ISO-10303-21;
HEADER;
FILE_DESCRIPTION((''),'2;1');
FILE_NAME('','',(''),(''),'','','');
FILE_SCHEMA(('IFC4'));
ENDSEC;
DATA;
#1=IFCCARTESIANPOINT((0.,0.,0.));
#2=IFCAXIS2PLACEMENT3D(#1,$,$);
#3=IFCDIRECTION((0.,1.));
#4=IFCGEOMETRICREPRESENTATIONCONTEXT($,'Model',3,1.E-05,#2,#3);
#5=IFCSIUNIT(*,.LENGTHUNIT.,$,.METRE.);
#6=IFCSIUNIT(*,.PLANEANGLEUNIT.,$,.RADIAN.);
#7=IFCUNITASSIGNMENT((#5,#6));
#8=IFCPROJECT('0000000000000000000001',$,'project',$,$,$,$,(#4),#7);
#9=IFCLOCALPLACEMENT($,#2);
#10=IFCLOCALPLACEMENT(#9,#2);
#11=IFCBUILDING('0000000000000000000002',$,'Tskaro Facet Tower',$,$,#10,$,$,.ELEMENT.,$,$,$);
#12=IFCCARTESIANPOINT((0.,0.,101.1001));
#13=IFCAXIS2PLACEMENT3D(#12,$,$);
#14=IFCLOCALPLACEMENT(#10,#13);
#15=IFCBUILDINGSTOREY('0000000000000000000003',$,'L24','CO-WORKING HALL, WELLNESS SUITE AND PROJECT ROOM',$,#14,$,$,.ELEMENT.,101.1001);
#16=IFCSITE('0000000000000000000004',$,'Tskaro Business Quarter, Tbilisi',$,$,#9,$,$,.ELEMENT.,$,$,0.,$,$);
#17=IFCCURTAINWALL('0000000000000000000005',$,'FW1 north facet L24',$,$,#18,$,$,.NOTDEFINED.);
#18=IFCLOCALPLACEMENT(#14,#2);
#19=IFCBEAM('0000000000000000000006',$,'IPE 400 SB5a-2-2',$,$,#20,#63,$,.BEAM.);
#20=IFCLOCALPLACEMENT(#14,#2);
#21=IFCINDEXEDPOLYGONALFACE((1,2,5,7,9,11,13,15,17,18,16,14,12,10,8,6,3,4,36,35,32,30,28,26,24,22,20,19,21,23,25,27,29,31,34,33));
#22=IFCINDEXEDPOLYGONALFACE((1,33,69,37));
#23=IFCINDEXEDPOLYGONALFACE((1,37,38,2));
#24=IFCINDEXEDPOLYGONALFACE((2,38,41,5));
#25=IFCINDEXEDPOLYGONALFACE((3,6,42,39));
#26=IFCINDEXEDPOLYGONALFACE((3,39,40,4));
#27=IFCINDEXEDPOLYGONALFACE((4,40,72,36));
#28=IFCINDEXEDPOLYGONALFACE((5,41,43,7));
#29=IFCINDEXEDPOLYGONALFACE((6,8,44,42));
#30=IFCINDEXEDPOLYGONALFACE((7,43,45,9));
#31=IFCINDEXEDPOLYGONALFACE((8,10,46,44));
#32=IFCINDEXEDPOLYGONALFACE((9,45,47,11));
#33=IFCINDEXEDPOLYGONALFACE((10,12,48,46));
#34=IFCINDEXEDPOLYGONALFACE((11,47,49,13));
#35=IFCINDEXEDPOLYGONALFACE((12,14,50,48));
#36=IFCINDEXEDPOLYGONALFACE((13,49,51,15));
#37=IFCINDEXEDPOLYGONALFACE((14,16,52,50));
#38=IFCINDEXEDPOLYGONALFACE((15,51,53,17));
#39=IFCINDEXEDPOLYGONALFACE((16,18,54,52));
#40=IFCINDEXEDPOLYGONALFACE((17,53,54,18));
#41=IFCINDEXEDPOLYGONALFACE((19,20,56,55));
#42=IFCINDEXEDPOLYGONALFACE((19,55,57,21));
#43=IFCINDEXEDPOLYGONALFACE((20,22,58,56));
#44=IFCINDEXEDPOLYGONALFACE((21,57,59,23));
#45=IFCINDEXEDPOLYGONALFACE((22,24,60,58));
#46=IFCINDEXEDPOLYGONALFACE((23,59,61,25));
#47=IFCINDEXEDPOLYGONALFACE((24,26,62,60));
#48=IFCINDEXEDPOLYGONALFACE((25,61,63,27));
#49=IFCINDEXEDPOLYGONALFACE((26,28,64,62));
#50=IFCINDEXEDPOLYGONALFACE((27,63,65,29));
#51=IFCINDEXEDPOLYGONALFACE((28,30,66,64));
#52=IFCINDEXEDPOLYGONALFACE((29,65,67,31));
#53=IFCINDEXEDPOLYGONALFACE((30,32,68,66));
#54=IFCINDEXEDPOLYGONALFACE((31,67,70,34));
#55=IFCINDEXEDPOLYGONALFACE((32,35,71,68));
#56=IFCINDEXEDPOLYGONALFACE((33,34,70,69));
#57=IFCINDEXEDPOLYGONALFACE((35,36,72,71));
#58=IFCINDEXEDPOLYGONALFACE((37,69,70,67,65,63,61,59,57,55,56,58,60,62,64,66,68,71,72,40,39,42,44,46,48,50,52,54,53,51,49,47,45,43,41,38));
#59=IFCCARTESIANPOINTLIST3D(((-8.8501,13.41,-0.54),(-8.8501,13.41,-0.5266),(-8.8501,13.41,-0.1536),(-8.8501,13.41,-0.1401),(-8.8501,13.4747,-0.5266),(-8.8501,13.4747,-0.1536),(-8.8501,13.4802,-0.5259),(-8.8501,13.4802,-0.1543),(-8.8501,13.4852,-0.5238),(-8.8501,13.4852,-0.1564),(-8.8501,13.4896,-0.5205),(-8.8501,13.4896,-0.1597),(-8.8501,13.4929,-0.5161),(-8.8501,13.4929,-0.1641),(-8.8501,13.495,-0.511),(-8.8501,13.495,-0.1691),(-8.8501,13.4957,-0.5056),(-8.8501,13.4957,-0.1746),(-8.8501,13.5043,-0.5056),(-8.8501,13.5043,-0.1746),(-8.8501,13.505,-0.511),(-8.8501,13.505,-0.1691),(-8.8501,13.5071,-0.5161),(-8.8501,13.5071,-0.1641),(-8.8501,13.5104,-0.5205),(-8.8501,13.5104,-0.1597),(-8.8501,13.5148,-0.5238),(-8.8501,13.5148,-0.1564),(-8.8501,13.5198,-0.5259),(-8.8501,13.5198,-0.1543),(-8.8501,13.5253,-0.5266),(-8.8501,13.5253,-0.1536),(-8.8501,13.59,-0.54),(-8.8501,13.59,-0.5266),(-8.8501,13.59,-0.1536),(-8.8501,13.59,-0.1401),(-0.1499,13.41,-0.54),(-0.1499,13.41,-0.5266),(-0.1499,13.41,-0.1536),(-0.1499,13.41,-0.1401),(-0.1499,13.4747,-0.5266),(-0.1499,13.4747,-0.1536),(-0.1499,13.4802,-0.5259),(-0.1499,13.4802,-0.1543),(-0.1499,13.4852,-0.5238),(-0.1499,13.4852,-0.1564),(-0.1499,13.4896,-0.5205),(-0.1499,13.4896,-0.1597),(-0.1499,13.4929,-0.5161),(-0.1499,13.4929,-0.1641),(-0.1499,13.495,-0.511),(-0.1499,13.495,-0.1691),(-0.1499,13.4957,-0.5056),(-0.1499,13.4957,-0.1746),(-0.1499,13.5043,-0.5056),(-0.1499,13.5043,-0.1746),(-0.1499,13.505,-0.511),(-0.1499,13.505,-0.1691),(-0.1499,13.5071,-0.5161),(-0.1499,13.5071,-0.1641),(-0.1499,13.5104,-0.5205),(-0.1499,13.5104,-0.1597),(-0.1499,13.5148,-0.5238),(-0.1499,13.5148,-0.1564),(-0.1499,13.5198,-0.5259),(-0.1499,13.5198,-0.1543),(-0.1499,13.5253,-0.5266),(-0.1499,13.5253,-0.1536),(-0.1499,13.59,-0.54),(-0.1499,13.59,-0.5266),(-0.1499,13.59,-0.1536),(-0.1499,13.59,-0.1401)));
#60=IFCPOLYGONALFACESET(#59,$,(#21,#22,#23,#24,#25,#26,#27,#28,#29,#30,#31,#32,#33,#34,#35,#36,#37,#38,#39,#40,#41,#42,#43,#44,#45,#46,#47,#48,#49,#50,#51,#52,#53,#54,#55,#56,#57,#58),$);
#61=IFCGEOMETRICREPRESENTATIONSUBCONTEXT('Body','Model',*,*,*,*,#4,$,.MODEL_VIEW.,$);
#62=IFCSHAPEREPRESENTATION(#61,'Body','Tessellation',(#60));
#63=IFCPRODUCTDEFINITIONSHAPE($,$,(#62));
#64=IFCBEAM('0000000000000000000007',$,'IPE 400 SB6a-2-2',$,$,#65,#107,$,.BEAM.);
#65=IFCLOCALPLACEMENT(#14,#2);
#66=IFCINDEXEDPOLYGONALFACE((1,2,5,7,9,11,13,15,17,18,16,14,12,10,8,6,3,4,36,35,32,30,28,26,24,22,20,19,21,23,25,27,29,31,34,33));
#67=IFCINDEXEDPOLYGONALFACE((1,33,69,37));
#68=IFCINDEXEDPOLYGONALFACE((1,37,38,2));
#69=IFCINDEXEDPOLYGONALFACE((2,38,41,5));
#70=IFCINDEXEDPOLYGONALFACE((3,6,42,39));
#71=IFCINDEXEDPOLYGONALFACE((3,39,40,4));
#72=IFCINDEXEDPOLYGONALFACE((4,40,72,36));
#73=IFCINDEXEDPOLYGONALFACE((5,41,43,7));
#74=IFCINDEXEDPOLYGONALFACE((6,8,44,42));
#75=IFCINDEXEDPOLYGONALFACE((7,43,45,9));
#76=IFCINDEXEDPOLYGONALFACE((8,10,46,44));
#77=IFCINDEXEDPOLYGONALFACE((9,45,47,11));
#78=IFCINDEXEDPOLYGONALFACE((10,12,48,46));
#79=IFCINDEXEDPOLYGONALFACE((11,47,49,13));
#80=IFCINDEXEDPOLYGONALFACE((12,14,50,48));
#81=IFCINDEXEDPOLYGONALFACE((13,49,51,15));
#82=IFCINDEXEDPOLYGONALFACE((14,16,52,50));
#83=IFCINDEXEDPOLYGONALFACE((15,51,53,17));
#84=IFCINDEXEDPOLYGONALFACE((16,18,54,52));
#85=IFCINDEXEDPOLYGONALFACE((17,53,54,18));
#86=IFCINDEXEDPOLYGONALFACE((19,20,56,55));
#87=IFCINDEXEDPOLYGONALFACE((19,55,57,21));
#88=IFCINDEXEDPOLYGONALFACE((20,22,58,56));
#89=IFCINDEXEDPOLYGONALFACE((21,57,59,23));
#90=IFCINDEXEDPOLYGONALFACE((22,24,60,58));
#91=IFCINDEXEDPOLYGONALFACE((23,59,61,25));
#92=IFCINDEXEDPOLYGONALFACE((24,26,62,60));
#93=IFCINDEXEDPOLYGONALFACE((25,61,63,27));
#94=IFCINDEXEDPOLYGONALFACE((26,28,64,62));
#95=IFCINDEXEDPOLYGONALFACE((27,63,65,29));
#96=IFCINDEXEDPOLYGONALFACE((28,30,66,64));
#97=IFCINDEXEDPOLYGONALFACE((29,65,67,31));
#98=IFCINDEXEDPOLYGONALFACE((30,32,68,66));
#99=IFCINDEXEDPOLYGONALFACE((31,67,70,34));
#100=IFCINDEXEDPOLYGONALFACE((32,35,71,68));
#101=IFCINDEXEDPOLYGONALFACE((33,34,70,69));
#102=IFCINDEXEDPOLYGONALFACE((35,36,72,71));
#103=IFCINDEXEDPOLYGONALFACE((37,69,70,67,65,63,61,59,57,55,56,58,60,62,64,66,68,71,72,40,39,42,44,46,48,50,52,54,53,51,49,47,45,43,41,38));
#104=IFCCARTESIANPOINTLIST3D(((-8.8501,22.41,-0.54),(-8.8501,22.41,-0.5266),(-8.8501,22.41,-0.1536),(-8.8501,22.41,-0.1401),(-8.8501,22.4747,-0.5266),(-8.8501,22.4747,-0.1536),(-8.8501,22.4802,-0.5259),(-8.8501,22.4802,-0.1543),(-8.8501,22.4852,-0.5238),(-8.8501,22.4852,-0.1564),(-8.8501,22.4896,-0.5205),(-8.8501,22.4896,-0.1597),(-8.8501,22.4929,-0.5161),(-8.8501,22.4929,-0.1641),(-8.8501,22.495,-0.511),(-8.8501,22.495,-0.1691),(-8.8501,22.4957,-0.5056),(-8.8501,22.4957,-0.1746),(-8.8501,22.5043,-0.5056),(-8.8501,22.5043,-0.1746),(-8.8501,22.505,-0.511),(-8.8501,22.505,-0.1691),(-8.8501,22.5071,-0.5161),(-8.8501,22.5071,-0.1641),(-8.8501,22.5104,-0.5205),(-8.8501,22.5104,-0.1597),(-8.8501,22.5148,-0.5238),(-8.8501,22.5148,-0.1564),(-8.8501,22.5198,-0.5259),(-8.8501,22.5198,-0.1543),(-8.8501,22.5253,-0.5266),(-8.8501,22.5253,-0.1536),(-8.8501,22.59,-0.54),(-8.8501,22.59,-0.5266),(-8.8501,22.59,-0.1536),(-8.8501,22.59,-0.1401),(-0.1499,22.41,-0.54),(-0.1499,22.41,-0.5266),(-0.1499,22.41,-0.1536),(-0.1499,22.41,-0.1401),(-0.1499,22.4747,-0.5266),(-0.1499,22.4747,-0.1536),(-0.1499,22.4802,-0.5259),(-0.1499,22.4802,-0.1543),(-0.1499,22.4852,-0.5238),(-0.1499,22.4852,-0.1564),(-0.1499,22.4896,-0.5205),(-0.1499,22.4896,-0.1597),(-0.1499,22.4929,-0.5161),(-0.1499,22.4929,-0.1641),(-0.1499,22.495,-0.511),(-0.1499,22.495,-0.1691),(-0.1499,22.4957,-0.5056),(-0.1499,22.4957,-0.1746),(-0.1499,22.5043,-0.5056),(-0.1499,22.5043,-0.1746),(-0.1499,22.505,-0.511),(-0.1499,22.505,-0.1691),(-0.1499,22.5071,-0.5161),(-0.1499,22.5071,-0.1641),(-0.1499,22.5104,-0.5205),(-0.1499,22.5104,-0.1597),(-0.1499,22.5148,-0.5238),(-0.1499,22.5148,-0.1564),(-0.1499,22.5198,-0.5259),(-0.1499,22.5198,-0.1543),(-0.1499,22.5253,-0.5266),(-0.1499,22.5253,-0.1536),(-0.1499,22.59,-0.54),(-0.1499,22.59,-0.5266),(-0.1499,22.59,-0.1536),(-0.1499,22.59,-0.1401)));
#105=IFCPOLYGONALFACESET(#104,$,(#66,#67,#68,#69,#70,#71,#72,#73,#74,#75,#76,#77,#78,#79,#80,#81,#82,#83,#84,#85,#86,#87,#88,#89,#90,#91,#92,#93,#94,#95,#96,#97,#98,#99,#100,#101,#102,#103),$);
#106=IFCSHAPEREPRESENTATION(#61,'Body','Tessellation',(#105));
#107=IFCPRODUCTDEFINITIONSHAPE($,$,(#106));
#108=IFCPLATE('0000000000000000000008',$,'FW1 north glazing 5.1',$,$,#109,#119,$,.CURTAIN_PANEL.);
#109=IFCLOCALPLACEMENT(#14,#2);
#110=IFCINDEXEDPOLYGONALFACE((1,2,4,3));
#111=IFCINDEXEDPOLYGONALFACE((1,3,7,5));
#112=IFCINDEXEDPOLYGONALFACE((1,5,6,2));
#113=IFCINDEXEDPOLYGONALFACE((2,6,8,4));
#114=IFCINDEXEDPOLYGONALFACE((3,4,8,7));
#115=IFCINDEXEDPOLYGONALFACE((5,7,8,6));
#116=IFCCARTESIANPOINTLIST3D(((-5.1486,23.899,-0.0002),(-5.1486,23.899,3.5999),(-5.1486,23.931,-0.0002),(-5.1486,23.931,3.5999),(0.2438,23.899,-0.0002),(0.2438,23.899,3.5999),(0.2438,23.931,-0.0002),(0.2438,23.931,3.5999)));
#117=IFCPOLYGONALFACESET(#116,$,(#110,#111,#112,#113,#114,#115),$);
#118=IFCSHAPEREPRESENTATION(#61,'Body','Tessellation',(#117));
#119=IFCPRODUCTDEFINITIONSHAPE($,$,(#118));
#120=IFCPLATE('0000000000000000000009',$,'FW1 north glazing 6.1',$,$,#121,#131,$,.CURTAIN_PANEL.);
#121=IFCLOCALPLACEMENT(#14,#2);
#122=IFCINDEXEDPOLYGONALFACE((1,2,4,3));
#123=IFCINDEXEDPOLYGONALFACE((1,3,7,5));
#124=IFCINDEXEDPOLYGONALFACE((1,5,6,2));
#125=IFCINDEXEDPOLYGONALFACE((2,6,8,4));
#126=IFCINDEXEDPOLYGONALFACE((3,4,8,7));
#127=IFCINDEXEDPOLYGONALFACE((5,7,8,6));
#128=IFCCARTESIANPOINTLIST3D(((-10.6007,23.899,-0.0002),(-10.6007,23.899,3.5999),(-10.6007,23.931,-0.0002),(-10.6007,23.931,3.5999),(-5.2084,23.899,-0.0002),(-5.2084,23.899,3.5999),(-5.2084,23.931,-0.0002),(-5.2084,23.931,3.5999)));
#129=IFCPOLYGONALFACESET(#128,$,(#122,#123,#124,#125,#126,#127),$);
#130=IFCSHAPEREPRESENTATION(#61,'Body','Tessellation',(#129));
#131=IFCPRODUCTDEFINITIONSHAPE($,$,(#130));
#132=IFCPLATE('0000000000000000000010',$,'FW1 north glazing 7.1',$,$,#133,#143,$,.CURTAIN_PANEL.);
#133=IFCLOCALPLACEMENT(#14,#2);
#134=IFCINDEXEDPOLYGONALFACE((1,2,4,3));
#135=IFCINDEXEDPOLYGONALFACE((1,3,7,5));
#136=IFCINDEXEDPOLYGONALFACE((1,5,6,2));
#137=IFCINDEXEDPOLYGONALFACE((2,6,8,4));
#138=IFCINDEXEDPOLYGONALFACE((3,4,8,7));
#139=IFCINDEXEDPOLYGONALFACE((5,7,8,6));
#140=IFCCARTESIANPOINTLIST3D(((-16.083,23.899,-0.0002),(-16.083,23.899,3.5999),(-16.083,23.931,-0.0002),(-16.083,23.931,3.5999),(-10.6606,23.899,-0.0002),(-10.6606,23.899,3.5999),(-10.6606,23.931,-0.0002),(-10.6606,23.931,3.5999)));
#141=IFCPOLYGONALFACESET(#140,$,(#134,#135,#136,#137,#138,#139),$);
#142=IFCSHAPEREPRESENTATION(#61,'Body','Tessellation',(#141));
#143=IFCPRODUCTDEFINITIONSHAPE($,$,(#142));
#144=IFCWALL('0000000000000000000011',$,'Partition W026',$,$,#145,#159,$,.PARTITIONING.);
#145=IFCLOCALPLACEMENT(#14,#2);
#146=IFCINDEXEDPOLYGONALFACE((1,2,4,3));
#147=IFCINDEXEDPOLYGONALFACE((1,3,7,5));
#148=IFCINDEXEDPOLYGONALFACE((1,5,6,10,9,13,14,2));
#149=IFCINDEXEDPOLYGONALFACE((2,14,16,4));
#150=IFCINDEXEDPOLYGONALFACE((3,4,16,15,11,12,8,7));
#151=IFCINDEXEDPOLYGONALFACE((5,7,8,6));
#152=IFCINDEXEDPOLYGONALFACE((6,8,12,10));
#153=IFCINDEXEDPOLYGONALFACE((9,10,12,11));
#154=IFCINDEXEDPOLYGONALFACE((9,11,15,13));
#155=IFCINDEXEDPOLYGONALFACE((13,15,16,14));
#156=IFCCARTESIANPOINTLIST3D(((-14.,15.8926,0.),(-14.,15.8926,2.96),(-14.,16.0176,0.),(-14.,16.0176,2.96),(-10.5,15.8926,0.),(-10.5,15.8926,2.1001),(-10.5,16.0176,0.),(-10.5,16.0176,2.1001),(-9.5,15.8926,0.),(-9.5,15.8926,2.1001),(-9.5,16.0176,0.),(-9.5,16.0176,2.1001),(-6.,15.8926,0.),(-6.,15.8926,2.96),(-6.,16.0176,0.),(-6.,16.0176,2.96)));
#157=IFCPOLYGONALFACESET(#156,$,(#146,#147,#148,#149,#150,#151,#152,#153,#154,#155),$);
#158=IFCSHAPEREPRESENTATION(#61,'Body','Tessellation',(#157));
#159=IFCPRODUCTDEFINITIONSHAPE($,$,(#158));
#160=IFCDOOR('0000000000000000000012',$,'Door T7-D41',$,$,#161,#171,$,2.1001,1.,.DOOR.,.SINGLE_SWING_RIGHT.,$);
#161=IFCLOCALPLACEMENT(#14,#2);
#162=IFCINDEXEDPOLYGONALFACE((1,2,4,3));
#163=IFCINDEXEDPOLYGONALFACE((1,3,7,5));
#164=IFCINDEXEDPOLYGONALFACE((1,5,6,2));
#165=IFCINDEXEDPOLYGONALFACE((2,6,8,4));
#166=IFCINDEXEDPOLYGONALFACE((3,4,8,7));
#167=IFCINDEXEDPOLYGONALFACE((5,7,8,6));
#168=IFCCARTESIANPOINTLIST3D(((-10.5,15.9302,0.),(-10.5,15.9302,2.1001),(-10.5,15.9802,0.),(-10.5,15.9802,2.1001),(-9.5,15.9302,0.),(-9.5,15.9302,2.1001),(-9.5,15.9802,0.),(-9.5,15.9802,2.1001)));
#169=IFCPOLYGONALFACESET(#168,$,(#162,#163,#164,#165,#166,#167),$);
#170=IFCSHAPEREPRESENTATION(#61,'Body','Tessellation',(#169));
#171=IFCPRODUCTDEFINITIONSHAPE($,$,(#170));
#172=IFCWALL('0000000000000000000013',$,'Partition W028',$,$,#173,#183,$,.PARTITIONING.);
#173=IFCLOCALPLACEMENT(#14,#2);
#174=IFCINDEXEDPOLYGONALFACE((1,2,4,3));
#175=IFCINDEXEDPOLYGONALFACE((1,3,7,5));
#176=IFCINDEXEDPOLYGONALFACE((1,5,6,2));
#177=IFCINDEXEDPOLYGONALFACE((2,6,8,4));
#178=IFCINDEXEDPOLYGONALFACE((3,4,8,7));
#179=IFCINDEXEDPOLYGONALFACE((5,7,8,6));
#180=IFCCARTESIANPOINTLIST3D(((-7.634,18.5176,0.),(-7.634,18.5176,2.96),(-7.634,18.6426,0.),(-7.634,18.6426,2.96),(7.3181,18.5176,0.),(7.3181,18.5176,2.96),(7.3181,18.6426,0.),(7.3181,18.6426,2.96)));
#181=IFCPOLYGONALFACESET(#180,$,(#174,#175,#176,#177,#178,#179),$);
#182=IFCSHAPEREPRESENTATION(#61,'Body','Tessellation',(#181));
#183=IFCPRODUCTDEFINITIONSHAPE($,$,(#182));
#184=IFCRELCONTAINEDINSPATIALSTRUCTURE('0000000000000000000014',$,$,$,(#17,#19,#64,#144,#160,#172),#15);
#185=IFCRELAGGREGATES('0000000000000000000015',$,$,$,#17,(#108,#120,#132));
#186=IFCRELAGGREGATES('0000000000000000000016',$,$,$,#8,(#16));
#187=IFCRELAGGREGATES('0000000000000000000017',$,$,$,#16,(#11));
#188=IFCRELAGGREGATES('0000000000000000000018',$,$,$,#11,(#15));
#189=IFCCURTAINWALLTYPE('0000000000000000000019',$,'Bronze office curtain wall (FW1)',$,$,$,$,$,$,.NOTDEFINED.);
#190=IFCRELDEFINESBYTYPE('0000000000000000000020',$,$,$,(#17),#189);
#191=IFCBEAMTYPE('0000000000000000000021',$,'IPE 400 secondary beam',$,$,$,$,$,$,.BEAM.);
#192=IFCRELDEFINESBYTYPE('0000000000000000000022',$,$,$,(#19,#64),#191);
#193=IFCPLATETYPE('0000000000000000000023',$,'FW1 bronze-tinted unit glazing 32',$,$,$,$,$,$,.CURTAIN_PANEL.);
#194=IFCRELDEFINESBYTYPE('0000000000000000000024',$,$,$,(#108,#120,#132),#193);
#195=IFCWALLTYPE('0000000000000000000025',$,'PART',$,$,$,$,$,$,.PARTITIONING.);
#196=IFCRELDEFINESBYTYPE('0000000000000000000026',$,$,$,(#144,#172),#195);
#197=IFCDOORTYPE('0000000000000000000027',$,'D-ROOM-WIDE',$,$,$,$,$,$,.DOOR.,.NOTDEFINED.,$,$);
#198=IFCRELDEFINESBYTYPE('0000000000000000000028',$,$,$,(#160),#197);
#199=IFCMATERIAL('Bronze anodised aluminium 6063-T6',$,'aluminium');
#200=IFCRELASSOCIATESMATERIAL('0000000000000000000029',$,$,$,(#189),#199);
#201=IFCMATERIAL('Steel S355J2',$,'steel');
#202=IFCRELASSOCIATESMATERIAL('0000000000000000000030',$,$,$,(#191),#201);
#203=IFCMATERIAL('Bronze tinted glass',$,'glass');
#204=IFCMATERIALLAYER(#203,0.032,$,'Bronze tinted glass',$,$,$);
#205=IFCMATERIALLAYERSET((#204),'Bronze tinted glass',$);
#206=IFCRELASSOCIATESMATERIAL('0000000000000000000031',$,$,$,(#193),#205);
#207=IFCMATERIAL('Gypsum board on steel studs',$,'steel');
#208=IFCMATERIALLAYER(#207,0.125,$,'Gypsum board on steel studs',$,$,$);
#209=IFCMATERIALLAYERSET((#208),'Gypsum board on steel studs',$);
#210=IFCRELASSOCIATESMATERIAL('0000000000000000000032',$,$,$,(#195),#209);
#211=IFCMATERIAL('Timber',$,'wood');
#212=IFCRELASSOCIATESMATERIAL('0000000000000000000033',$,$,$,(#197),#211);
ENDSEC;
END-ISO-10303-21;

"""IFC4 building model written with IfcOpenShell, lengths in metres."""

from ifc_helpers import new_model, si_unit, direction, frame, frame_2d, origin, origin_2d, place, context, subcontext, project, spatial, rectangle, i_section, extrude, material, layer, layer_set, material_profile, profile_set, type_object, element, fill, aggregate, save


model = new_model("IFC4")

# Units and contexts
model_context = context("Model", 3, precision=1e-05, world=origin(), true_north=direction((0.0, 1.0)))
body_context = subcontext(model_context, "Body", "Model", "MODEL_VIEW")
ifc_project = project(units=[si_unit("LENGTHUNIT", "METRE"), si_unit("PLANEANGLEUNIT", "RADIAN")], contexts=[model_context])

# Site, building, storey
site_placement = place(None, origin())
site = spatial("IfcSite", under=ifc_project, at=site_placement, Name="Tskaro Business Quarter, Tbilisi", CompositionType="ELEMENT", RefElevation=0.0)
building_placement = place(site_placement, origin())
building = spatial("IfcBuilding", under=site, at=building_placement, Name="Tskaro Facet Tower", CompositionType="ELEMENT")
storey_placement = place(building_placement, frame((0.0, 0.0, 101.1001)))
storey = spatial("IfcBuildingStorey", under=building, at=storey_placement, Name="L24", Description="CO-WORKING HALL, WELLNESS SUITE AND PROJECT ROOM", CompositionType="ELEMENT", Elevation=101.1001)

# Curtain wall
ifc_material_1 = material(Name="Bronze anodised aluminium 6063-T6", Category="aluminium")
curtain_wall_type = type_object("IfcCurtainWallType", Name="Bronze office curtain wall (FW1)", PredefinedType="NOTDEFINED", material=ifc_material_1)
curtain_wall_placement = place(storey_placement, origin())
curtain_wall = element("IfcCurtainWall", 1, at=curtain_wall_placement, inside=storey, type_object=curtain_wall_type, Name="FW1 north facet L24", PredefinedType="NOTDEFINED")

# Beams
ifc_material_2 = material(Name="Steel S355J2", Category="steel")
ifc_material_profile_1 = material_profile(ifc_material_2, i_section(OverallWidth=0.1799, OverallDepth=0.3999, WebThickness=0.0085, FlangeThickness=0.0134, FilletRadius=0.021, at=origin_2d()), Name="IPE 400")
ifc_profile_set_1 = profile_set([ifc_material_profile_1], Name="Steel S355J2")
beam_type_1 = type_object("IfcBeamType", Name="IPE 400 secondary beam", PredefinedType="BEAM", material=ifc_profile_set_1)
for number, where, z_axis, x_axis, name in (
    (2, (-8.8501, 13.5, -0.3401), (1.0, 0.0, 0.0), (0.0, 1.0, 0.0), "IPE 400 SB5a-2-2"),
    (3, (-8.8501, 22.5, -0.3401), (1.0, 0.0, 0.0), (0.0, 1.0, 0.0), "IPE 400 SB6a-2-2"),
):
    element("IfcBeam", number, at=place(storey_placement, frame(where, z_axis=z_axis, x_axis=x_axis)), inside=storey, type_object=beam_type_1, Name=name, PredefinedType="BEAM", context=body_context, shape_type="SweptSolid", body=[
        extrude(i_section(OverallWidth=0.1799, OverallDepth=0.3999, WebThickness=0.0085, FlangeThickness=0.0134, FilletRadius=0.021, at=origin_2d()), origin(), (0.0, 0.0, 1.0), 8.7002),
    ])

# Plates
ifc_material_3 = material(Name="Bronze tinted glass", Category="glass")
ifc_layer_1 = layer(ifc_material_3, 0.032, Name="Bronze tinted glass")
ifc_layer_set_1 = layer_set([ifc_layer_1], Name="Bronze tinted glass")
plate_type = type_object("IfcPlateType", Name="FW1 bronze-tinted unit glazing 32", PredefinedType="CURTAIN_PANEL", material=ifc_layer_set_1)
plate_1_placement = place(storey_placement, frame((-2.4524, 23.915, -0.0002), z_axis=(0.0, 0.0, 1.0), x_axis=(-1.0, 0.0, 0.0)))
plate_1 = element("IfcPlate", 4, at=plate_1_placement, type_object=plate_type, Name="FW1 north glazing 5.1", PredefinedType="CURTAIN_PANEL", context=body_context, shape_type="SweptSolid", body=[
    extrude(rectangle(XDim=5.3923, YDim=0.032, at=origin_2d()), origin(), (0.0, 0.0, 1.0), 3.6001),
])
plate_2_placement = place(storey_placement, frame((-7.9045, 23.915, -0.0002), z_axis=(0.0, 0.0, 1.0), x_axis=(-1.0, 0.0, 0.0)))
plate_2 = element("IfcPlate", 5, at=plate_2_placement, type_object=plate_type, Name="FW1 north glazing 6.1", PredefinedType="CURTAIN_PANEL", context=body_context, shape_type="SweptSolid", body=[
    extrude(rectangle(XDim=5.3923, YDim=0.032, at=origin_2d()), origin(), (0.0, 0.0, 1.0), 3.6001),
])
plate_3_placement = place(storey_placement, frame((-13.3718, 23.915, -0.0002), z_axis=(0.0, 0.0, 1.0), x_axis=(-1.0, 0.0, 0.0)))
plate_3 = element("IfcPlate", 6, at=plate_3_placement, type_object=plate_type, Name="FW1 north glazing 7.1", PredefinedType="CURTAIN_PANEL", context=body_context, shape_type="SweptSolid", body=[
    extrude(rectangle(XDim=5.4224, YDim=0.032, at=origin_2d()), origin(), (0.0, 0.0, 1.0), 3.6001),
])
aggregate(curtain_wall, [plate_1, plate_2, plate_3])

# Wall, opening, door
ifc_material_4 = material(Name="Gypsum board on steel studs", Category="steel")
ifc_layer_2 = layer(ifc_material_4, 0.125, Name="Gypsum board on steel studs")
ifc_layer_set_2 = layer_set([ifc_layer_2], Name="Gypsum board on steel studs")
wall_type = type_object("IfcWallType", Name="PART", PredefinedType="PARTITIONING", material=ifc_layer_set_2)
wall_1_placement = place(storey_placement, frame((-6.0, 15.9551, 0.0), z_axis=(0.0, 0.0, 1.0), x_axis=(-1.0, 0.0, 0.0)))
wall_1 = element("IfcWall", 7, at=wall_1_placement, inside=storey, type_object=wall_type, Name="Partition W026", PredefinedType="PARTITIONING", context=body_context, shape_type="SweptSolid", body=[
    extrude(rectangle(XDim=8.0, YDim=0.125, at=frame_2d((4.0, 0.0))), origin(), (0.0, 0.0, 1.0), 2.96),
])
opening_1_placement = place(wall_1_placement, frame((3.5, 0.0, 0.0)))
opening_1 = element("IfcOpeningElement", 8, at=opening_1_placement, cuts=wall_1, PredefinedType="OPENING", context=body_context, shape_type="SweptSolid", body=[
    extrude(rectangle(XDim=1.0, YDim=2.1001, at=frame_2d((0.5, 1.05))), frame((0.0, 0.0725, 0.0), z_axis=(0.0, -1.0, 0.0), x_axis=(1.0, 0.0, 0.0)), (0.0, 0.0, 1.0), 0.145),
])
ifc_material_5 = material(Name="Timber", Category="wood")
door_type = type_object("IfcDoorType", Name="D-ROOM-WIDE", OperationType="NOTDEFINED", PredefinedType="DOOR", material=ifc_material_5)
door_1_placement = place(opening_1_placement, origin())
door_1 = element("IfcDoor", 9, at=door_1_placement, inside=storey, type_object=door_type, Name="Door T7-D41", OperationType="SINGLE_SWING_RIGHT", OverallHeight=2.1001, OverallWidth=1.0, PredefinedType="DOOR", context=body_context, shape_type="SweptSolid", body=[
    extrude(rectangle(XDim=1.0, YDim=2.1001, at=frame_2d((0.5, 1.05))), frame((0.0, 0.0249, 0.0), z_axis=(0.0, -1.0, 0.0), x_axis=(1.0, 0.0, 0.0)), (0.0, 0.0, 1.0), 0.05),
])
fill(opening_1, door_1)

# Wall
wall_2_placement = place(storey_placement, frame((-7.634, 18.5801, 0.0), z_axis=(0.0, 0.0, 1.0), x_axis=(1.0, 0.0, 0.0)))
element("IfcWall", 10, at=wall_2_placement, inside=storey, type_object=wall_type, Name="Partition W028", PredefinedType="PARTITIONING", context=body_context, shape_type="SweptSolid", body=[
    extrude(rectangle(XDim=14.9521, YDim=0.125, at=frame_2d((7.4761, 0.0))), origin(), (0.0, 0.0, 1.0), 2.96),
])

save(model, "model.ifc")
